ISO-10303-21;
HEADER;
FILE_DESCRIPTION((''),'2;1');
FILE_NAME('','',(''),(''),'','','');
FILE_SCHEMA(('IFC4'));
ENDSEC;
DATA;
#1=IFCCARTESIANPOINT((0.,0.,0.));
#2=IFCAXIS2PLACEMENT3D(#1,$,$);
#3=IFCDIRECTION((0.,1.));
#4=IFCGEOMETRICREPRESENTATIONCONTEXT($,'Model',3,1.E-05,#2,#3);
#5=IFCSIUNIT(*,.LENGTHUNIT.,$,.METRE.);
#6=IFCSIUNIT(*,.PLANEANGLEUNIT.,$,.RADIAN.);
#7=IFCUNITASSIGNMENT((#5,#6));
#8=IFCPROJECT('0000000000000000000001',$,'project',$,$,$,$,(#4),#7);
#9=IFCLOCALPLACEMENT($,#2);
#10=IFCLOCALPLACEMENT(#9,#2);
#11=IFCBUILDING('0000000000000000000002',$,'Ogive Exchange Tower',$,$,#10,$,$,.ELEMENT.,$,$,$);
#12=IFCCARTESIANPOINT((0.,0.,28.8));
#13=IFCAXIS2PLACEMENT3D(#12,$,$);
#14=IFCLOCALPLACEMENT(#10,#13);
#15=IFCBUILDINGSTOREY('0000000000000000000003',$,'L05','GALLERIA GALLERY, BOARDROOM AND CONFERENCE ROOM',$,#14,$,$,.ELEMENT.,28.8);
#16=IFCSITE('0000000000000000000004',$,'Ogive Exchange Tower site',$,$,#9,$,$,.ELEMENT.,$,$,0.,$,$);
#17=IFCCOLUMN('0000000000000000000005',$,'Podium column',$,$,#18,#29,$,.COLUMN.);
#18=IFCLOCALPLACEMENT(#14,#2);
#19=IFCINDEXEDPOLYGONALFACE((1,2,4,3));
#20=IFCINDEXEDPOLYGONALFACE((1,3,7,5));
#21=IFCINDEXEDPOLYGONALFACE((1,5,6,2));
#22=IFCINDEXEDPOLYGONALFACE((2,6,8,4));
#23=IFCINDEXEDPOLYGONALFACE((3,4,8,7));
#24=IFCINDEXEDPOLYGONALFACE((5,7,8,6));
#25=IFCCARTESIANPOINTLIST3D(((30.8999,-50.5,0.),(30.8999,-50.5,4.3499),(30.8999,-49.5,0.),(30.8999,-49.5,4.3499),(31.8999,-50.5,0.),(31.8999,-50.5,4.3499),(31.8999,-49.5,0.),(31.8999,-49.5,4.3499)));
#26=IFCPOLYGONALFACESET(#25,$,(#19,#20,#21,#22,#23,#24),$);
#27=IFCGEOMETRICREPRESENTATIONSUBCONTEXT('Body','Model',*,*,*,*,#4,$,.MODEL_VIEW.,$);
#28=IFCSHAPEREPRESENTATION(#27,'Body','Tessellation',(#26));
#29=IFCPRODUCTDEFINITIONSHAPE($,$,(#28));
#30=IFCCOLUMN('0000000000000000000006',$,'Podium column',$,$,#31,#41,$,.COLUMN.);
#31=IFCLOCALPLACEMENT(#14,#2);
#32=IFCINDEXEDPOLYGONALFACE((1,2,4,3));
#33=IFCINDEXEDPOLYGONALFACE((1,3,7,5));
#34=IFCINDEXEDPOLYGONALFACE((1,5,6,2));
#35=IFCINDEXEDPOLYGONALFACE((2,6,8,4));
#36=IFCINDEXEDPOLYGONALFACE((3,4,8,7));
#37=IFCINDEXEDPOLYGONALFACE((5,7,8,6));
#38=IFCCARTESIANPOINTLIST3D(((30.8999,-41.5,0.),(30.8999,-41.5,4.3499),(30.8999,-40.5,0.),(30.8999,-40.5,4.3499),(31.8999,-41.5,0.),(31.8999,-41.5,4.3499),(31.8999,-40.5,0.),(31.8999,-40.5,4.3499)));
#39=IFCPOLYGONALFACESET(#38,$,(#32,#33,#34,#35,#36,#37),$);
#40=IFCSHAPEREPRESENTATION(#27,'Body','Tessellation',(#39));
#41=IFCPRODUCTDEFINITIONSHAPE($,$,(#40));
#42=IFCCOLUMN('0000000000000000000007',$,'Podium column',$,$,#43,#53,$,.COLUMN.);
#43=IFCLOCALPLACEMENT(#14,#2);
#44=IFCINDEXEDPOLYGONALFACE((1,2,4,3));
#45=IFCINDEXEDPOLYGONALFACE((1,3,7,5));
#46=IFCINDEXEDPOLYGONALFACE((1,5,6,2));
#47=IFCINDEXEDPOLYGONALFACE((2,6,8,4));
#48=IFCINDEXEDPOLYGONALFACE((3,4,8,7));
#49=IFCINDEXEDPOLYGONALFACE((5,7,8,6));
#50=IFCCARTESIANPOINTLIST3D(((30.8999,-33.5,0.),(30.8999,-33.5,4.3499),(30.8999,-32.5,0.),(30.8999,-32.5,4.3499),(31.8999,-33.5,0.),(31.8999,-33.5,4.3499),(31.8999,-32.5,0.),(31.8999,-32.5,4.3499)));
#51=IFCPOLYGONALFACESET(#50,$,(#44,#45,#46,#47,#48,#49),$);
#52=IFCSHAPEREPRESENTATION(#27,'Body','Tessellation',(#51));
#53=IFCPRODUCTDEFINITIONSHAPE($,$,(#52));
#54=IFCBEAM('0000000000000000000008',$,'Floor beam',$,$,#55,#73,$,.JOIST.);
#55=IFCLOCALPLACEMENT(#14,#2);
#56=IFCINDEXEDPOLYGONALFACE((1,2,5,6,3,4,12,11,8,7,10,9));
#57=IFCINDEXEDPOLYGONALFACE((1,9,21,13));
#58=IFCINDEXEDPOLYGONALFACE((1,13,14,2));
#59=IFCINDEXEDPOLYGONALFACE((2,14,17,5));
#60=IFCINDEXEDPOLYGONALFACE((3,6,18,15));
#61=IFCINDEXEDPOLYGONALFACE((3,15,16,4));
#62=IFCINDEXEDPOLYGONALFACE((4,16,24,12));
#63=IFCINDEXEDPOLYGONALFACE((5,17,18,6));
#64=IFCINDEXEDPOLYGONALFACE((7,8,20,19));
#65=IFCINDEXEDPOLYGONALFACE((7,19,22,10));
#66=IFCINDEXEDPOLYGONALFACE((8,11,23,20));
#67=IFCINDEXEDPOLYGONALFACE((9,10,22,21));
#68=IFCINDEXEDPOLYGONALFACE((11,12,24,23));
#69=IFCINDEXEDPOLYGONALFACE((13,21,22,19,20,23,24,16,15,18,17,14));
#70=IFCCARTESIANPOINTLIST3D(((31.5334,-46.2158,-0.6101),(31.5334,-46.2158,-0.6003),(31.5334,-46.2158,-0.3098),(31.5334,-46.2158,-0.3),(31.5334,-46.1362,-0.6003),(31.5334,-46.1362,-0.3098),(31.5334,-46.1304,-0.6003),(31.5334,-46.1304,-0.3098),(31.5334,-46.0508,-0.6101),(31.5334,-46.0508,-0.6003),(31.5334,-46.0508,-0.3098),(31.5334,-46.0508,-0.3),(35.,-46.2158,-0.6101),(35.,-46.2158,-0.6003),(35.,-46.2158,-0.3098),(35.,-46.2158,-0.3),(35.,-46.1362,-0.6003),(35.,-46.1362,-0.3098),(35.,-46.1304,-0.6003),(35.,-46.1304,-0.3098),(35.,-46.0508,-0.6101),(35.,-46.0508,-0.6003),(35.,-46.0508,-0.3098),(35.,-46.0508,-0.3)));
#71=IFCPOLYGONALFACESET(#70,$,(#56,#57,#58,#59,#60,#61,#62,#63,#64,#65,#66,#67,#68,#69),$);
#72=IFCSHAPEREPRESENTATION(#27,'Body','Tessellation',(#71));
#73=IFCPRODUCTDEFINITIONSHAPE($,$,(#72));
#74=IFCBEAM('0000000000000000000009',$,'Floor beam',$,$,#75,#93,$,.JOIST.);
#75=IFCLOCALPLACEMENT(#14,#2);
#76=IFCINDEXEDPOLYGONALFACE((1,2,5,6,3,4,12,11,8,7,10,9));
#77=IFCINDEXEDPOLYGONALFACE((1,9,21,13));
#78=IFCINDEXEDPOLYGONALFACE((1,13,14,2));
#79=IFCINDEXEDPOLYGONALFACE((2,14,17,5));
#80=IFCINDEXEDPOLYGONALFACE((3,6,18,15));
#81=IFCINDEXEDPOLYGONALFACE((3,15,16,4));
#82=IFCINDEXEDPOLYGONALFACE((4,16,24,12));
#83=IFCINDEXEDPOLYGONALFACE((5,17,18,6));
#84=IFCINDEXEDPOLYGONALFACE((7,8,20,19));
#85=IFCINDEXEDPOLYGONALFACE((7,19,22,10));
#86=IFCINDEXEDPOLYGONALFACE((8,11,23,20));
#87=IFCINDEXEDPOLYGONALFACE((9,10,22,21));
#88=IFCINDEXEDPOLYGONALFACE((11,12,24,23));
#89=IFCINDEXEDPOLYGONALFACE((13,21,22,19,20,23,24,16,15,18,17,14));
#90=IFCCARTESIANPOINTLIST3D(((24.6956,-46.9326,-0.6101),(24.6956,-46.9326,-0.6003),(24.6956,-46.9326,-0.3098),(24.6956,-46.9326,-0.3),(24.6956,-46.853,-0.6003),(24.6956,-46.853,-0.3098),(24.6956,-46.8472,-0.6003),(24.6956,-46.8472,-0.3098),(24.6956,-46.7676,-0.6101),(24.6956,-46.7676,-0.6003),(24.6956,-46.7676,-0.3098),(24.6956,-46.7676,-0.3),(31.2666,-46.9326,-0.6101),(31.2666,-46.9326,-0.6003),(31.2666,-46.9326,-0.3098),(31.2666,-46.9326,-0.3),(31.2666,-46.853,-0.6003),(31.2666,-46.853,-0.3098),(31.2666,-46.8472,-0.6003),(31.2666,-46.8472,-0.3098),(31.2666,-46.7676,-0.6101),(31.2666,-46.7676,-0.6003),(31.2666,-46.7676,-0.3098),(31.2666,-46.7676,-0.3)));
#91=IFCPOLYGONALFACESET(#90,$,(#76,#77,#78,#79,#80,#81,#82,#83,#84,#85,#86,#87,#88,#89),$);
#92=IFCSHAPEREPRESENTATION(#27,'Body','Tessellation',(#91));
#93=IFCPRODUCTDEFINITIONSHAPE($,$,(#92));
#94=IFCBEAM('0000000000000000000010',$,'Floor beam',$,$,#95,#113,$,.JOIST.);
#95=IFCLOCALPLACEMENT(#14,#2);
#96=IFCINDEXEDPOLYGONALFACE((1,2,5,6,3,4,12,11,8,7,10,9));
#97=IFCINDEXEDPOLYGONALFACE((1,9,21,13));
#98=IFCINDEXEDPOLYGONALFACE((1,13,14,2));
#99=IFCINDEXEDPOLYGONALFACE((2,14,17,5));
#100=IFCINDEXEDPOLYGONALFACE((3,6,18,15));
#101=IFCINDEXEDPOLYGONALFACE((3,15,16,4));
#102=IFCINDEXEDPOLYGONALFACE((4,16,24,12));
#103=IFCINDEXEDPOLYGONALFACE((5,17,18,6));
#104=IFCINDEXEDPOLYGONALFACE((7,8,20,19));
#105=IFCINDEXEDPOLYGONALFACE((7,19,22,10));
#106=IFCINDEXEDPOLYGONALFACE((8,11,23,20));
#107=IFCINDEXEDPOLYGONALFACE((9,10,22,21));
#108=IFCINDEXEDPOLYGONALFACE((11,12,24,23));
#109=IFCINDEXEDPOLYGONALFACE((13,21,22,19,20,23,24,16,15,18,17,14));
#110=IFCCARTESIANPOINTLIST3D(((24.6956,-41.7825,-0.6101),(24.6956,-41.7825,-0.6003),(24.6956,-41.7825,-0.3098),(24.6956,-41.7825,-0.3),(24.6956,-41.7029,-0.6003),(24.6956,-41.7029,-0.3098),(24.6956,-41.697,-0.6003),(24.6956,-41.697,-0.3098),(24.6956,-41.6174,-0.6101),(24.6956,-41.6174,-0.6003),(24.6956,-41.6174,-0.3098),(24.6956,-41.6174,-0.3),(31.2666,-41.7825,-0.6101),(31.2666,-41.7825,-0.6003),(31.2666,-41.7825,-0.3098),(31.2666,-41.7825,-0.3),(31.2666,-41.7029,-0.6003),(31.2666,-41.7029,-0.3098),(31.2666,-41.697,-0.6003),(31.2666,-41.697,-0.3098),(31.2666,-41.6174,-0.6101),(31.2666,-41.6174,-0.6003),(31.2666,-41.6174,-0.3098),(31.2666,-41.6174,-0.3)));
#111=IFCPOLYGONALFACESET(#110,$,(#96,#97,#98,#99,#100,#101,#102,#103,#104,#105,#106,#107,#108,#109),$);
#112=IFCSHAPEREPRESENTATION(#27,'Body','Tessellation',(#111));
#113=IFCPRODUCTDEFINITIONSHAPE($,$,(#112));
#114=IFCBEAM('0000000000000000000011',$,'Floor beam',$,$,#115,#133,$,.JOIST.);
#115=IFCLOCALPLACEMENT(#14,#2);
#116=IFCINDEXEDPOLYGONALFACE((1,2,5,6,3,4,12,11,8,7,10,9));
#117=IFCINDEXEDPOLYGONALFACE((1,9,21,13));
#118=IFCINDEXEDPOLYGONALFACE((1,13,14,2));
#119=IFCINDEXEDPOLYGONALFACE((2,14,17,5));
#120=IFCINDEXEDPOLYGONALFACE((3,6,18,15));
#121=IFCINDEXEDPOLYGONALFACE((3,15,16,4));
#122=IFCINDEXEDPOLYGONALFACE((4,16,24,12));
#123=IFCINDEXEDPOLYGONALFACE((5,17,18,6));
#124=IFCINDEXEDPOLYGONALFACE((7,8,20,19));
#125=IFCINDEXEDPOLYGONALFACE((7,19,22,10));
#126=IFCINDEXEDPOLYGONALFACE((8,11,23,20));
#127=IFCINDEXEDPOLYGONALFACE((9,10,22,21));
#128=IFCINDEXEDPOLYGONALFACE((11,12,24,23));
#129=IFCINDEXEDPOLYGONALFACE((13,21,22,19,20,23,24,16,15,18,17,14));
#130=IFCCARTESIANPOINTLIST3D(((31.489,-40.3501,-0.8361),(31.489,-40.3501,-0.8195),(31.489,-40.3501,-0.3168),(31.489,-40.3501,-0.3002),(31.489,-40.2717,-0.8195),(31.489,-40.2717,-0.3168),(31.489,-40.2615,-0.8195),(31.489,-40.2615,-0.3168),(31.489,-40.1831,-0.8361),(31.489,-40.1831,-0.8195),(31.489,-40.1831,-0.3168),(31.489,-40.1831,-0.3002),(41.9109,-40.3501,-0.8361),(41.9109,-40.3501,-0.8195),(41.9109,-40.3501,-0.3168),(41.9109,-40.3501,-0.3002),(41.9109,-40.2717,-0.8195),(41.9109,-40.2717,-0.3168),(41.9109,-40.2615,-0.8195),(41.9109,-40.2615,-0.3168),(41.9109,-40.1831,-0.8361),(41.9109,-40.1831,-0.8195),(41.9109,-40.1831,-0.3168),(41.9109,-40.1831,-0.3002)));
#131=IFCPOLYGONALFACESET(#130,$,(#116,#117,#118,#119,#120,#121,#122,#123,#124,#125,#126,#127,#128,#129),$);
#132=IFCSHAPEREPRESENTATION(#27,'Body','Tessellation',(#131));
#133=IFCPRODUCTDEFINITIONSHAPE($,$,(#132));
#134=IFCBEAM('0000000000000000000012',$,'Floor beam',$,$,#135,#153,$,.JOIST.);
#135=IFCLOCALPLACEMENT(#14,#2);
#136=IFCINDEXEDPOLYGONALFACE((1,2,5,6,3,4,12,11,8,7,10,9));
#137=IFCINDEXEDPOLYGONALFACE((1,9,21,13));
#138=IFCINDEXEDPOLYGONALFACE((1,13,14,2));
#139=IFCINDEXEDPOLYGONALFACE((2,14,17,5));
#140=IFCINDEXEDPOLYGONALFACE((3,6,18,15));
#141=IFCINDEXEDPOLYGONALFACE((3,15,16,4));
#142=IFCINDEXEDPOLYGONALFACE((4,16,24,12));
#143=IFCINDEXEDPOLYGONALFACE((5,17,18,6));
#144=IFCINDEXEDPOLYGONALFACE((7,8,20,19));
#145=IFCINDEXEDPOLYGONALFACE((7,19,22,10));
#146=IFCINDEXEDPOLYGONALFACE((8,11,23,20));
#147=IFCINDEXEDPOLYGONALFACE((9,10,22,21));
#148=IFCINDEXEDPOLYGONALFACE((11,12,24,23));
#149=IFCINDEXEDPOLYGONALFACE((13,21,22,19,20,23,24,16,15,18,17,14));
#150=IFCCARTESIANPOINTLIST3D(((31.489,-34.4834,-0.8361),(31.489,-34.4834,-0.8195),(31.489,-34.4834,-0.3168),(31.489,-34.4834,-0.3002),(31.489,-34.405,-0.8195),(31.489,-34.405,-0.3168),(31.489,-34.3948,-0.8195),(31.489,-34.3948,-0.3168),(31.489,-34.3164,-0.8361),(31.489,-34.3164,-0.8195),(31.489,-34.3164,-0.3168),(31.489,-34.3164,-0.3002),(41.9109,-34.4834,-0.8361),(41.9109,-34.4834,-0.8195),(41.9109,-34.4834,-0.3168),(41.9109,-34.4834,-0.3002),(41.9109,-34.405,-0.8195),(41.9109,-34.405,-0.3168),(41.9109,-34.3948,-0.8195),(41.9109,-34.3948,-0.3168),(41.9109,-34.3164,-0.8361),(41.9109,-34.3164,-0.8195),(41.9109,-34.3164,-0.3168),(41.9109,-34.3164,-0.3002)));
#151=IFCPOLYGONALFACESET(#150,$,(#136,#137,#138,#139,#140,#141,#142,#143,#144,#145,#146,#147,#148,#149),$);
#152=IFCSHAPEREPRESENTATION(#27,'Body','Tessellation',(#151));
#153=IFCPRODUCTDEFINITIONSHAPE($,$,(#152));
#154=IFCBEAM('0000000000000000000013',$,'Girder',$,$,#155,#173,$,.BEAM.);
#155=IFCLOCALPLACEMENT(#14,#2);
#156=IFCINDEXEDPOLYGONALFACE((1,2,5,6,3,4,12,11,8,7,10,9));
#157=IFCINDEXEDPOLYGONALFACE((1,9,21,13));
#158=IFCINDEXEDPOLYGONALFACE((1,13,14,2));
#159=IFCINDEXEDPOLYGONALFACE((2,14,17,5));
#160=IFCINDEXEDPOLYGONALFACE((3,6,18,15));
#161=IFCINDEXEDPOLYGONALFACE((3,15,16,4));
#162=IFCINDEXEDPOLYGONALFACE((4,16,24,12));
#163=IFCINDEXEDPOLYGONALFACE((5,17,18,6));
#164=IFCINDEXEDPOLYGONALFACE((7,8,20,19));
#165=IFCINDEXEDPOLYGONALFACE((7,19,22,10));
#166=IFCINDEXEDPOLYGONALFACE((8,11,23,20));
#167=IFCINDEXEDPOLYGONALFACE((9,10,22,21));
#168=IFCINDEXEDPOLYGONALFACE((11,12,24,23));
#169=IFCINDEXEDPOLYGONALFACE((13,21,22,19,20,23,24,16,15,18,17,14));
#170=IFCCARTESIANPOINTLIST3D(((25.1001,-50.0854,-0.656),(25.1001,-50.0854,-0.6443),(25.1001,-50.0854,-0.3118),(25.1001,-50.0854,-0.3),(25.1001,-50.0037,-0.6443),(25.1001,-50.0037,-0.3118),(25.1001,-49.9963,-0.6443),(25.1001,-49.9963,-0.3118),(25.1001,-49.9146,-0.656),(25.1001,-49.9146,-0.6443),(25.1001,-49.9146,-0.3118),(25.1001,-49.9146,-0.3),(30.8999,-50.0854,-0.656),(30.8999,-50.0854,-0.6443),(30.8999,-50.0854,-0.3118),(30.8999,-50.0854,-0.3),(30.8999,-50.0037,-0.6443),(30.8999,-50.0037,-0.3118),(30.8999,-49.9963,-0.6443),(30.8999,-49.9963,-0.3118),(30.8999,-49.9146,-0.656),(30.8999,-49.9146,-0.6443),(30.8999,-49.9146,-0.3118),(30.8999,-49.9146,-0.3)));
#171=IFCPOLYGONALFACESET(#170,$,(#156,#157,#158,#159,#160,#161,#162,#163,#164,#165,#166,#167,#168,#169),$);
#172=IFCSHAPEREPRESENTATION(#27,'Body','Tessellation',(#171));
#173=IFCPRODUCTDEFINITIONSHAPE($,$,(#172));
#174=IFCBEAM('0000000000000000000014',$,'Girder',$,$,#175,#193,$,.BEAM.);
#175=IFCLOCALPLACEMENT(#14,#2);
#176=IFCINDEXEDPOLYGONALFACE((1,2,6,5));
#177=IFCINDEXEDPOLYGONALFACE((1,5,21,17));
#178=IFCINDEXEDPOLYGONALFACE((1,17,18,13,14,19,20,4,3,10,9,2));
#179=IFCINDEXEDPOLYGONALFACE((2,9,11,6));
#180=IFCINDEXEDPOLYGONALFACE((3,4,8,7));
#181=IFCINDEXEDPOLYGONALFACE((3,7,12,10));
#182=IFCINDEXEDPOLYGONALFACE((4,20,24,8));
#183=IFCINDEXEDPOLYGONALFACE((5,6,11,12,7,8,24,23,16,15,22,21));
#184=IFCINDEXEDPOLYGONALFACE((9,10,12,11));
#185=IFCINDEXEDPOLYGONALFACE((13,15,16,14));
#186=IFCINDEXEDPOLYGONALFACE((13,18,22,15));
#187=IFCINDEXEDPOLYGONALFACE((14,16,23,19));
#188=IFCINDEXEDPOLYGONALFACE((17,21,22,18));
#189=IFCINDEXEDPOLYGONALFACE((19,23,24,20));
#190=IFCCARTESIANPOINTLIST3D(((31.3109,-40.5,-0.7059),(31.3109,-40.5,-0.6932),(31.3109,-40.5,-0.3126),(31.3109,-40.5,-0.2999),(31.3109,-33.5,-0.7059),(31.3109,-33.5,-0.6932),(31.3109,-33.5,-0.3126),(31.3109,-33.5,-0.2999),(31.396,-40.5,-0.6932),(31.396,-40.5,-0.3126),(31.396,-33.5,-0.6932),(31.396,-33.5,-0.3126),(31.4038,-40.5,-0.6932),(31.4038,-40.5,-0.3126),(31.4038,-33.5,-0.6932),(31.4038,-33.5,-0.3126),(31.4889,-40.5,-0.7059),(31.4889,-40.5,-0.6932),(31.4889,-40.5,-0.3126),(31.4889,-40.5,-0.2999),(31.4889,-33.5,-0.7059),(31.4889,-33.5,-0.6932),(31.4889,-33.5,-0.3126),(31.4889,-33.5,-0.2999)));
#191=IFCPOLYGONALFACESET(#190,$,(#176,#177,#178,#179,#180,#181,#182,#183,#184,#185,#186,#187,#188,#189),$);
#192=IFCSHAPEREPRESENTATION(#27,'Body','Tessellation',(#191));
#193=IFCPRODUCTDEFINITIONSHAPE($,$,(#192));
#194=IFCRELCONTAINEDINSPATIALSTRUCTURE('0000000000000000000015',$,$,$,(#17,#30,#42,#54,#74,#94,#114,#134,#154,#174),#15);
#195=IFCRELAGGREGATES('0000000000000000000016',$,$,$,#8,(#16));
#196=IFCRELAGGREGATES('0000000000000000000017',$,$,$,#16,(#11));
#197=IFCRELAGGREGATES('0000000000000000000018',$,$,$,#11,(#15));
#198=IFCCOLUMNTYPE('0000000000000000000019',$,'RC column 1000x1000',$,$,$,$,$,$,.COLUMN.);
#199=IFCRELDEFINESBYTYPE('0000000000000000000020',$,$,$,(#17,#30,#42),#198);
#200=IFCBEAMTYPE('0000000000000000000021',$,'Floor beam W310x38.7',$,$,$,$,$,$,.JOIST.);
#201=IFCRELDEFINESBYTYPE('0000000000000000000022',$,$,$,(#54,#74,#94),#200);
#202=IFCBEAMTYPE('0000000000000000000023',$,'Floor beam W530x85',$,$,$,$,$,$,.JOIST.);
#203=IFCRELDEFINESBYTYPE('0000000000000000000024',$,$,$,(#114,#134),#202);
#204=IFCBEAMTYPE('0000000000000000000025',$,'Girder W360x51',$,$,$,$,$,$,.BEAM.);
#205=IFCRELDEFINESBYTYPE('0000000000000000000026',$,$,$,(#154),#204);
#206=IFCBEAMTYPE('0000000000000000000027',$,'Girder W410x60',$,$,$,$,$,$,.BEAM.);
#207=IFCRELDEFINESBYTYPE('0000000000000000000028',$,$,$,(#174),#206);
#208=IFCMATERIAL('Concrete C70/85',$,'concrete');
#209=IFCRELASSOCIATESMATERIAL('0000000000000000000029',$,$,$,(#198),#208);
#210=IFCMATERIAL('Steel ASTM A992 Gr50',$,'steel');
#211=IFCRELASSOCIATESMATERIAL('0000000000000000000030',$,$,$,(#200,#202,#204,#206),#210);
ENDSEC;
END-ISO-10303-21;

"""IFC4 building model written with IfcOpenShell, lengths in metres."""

from ifc_helpers import new_model, si_unit, direction, frame, origin, origin_2d, place, context, subcontext, project, spatial, rectangle, i_section, extrude, material, material_profile, profile_set, type_object, element, save


model = new_model("IFC4")

# Units and contexts
model_context = context("Model", 3, precision=1e-05, world=origin(), true_north=direction((0.0, 1.0)))
body_context = subcontext(model_context, "Body", "Model", "MODEL_VIEW")
ifc_project = project(units=[si_unit("LENGTHUNIT", "METRE"), si_unit("PLANEANGLEUNIT", "RADIAN")], contexts=[model_context])

# Site, building, storey
site_placement = place(None, origin())
site = spatial("IfcSite", under=ifc_project, at=site_placement, Name="Ogive Exchange Tower site", CompositionType="ELEMENT", RefElevation=0.0)
building_placement = place(site_placement, origin())
building = spatial("IfcBuilding", under=site, at=building_placement, Name="Ogive Exchange Tower", CompositionType="ELEMENT")
storey_placement = place(building_placement, frame((0.0, 0.0, 28.8)))
storey = spatial("IfcBuildingStorey", under=building, at=storey_placement, Name="L05", Description="GALLERIA GALLERY, BOARDROOM AND CONFERENCE ROOM", CompositionType="ELEMENT", Elevation=28.8)

# Columns
ifc_material_1 = material(Name="Concrete C70/85", Category="concrete")
ifc_material_profile_1 = material_profile(ifc_material_1, rectangle(XDim=1.0, YDim=1.0, at=origin_2d()), Name="RC 1000x1000")
ifc_profile_set_1 = profile_set([ifc_material_profile_1], Name="Concrete C70/85")
column_type = type_object("IfcColumnType", Name="RC column 1000x1000", PredefinedType="COLUMN", material=ifc_profile_set_1)
for number, where, z_axis, x_axis, name in (
    (1, (31.3999, -50.0, 0.0), (0.0, 0.0, 1.0), (1.0, 0.0, 0.0), "Podium column"),
    (2, (31.3999, -41.0, 0.0), (0.0, 0.0, 1.0), (1.0, 0.0, 0.0), "Podium column"),
    (3, (31.3999, -33.0, 0.0), (0.0, 0.0, 1.0), (1.0, 0.0, 0.0), "Podium column"),
):
    element("IfcColumn", number, at=place(storey_placement, frame(where, z_axis=z_axis, x_axis=x_axis)), inside=storey, type_object=column_type, Name=name, PredefinedType="COLUMN", context=body_context, shape_type="SweptSolid", body=[
        extrude(rectangle(XDim=1.0, YDim=1.0, at=origin_2d()), origin(), (0.0, 0.0, 1.0), 4.3499),
    ])

# Beams
ifc_material_2 = material(Name="Steel ASTM A992 Gr50", Category="steel")
ifc_material_profile_2 = material_profile(ifc_material_2, i_section(OverallWidth=0.165, OverallDepth=0.3101, WebThickness=0.0059, FlangeThickness=0.0098, at=origin_2d()), Name="W310x38.7")
ifc_profile_set_2 = profile_set([ifc_material_profile_2], Name="Steel ASTM A992 Gr50")
beam_type_1 = type_object("IfcBeamType", Name="Floor beam W310x38.7", PredefinedType="JOIST", material=ifc_profile_set_2)
beam_1_placement = place(storey_placement, frame((31.5334, -46.1333, -0.4551), z_axis=(1.0, 0.0, 0.0), x_axis=(0.0, 1.0, 0.0)))
element("IfcBeam", 4, at=beam_1_placement, inside=storey, type_object=beam_type_1, Name="Floor beam", PredefinedType="JOIST", context=body_context, shape_type="SweptSolid", body=[
    extrude(i_section(OverallWidth=0.165, OverallDepth=0.3101, WebThickness=0.0059, FlangeThickness=0.0098, at=origin_2d()), origin(), (0.0, 0.0, 1.0), 3.4666),
])
for number, where, z_axis, x_axis, name in (
    (5, (24.6956, -46.8501, -0.4551), (1.0, 0.0, 0.0), (0.0, 1.0, 0.0), "Floor beam"),
    (6, (24.6956, -41.7, -0.4551), (1.0, 0.0, 0.0), (0.0, 1.0, 0.0), "Floor beam"),
):
    element("IfcBeam", number, at=place(storey_placement, frame(where, z_axis=z_axis, x_axis=x_axis)), inside=storey, type_object=beam_type_1, Name=name, PredefinedType="JOIST", context=body_context, shape_type="SweptSolid", body=[
        extrude(i_section(OverallWidth=0.165, OverallDepth=0.3101, WebThickness=0.0059, FlangeThickness=0.0098, at=origin_2d()), origin(), (0.0, 0.0, 1.0), 6.571),
    ])
ifc_material_profile_3 = material_profile(ifc_material_2, i_section(OverallWidth=0.167, OverallDepth=0.5359, WebThickness=0.0103, FlangeThickness=0.0166, at=origin_2d()), Name="W530x85")
ifc_profile_set_3 = profile_set([ifc_material_profile_3], Name="Steel ASTM A992 Gr50")
beam_type_2 = type_object("IfcBeamType", Name="Floor beam W530x85", PredefinedType="JOIST", material=ifc_profile_set_3)
for number, where, z_axis, x_axis, name in (
    (7, (31.489, -40.2666, -0.5681), (1.0, 0.0, 0.0), (0.0, 1.0, 0.0), "Floor beam"),
    (8, (31.489, -34.3999, -0.5681), (1.0, 0.0, 0.0), (0.0, 1.0, 0.0), "Floor beam"),
):
    element("IfcBeam", number, at=place(storey_placement, frame(where, z_axis=z_axis, x_axis=x_axis)), inside=storey, type_object=beam_type_2, Name=name, PredefinedType="JOIST", context=body_context, shape_type="SweptSolid", body=[
        extrude(i_section(OverallWidth=0.167, OverallDepth=0.5359, WebThickness=0.0103, FlangeThickness=0.0166, at=origin_2d()), origin(), (0.0, 0.0, 1.0), 10.4219),
    ])
ifc_material_profile_4 = material_profile(ifc_material_2, i_section(OverallWidth=0.1709, OverallDepth=0.356, WebThickness=0.0073, FlangeThickness=0.0117, at=origin_2d()), Name="W360x51")
ifc_profile_set_4 = profile_set([ifc_material_profile_4], Name="Steel ASTM A992 Gr50")
beam_type_3 = type_object("IfcBeamType", Name="Girder W360x51", PredefinedType="BEAM", material=ifc_profile_set_4)
beam_2_placement = place(storey_placement, frame((25.1001, -50.0, -0.478), z_axis=(1.0, 0.0, 0.0), x_axis=(0.0, 1.0, 0.0)))
element("IfcBeam", 9, at=beam_2_placement, inside=storey, type_object=beam_type_3, Name="Girder", PredefinedType="BEAM", context=body_context, shape_type="SweptSolid", body=[
    extrude(i_section(OverallWidth=0.1709, OverallDepth=0.356, WebThickness=0.0073, FlangeThickness=0.0117, at=origin_2d()), origin(), (0.0, 0.0, 1.0), 5.7998),
])
ifc_material_profile_5 = material_profile(ifc_material_2, i_section(OverallWidth=0.178, OverallDepth=0.406, WebThickness=0.0078, FlangeThickness=0.0127, at=origin_2d()), Name="W410x60")
ifc_profile_set_5 = profile_set([ifc_material_profile_5], Name="Steel ASTM A992 Gr50")
beam_type_4 = type_object("IfcBeamType", Name="Girder W410x60", PredefinedType="BEAM", material=ifc_profile_set_5)
beam_3_placement = place(storey_placement, frame((31.3999, -40.5, -0.5029), z_axis=(0.0, 1.0, 0.0), x_axis=(-1.0, 0.0, 0.0)))
element("IfcBeam", 10, at=beam_3_placement, inside=storey, type_object=beam_type_4, Name="Girder", PredefinedType="BEAM", context=body_context, shape_type="SweptSolid", body=[
    extrude(i_section(OverallWidth=0.178, OverallDepth=0.406, WebThickness=0.0078, FlangeThickness=0.0127, at=origin_2d()), origin(), (0.0, 0.0, 1.0), 7.0),
])

save(model, "model.ifc")
